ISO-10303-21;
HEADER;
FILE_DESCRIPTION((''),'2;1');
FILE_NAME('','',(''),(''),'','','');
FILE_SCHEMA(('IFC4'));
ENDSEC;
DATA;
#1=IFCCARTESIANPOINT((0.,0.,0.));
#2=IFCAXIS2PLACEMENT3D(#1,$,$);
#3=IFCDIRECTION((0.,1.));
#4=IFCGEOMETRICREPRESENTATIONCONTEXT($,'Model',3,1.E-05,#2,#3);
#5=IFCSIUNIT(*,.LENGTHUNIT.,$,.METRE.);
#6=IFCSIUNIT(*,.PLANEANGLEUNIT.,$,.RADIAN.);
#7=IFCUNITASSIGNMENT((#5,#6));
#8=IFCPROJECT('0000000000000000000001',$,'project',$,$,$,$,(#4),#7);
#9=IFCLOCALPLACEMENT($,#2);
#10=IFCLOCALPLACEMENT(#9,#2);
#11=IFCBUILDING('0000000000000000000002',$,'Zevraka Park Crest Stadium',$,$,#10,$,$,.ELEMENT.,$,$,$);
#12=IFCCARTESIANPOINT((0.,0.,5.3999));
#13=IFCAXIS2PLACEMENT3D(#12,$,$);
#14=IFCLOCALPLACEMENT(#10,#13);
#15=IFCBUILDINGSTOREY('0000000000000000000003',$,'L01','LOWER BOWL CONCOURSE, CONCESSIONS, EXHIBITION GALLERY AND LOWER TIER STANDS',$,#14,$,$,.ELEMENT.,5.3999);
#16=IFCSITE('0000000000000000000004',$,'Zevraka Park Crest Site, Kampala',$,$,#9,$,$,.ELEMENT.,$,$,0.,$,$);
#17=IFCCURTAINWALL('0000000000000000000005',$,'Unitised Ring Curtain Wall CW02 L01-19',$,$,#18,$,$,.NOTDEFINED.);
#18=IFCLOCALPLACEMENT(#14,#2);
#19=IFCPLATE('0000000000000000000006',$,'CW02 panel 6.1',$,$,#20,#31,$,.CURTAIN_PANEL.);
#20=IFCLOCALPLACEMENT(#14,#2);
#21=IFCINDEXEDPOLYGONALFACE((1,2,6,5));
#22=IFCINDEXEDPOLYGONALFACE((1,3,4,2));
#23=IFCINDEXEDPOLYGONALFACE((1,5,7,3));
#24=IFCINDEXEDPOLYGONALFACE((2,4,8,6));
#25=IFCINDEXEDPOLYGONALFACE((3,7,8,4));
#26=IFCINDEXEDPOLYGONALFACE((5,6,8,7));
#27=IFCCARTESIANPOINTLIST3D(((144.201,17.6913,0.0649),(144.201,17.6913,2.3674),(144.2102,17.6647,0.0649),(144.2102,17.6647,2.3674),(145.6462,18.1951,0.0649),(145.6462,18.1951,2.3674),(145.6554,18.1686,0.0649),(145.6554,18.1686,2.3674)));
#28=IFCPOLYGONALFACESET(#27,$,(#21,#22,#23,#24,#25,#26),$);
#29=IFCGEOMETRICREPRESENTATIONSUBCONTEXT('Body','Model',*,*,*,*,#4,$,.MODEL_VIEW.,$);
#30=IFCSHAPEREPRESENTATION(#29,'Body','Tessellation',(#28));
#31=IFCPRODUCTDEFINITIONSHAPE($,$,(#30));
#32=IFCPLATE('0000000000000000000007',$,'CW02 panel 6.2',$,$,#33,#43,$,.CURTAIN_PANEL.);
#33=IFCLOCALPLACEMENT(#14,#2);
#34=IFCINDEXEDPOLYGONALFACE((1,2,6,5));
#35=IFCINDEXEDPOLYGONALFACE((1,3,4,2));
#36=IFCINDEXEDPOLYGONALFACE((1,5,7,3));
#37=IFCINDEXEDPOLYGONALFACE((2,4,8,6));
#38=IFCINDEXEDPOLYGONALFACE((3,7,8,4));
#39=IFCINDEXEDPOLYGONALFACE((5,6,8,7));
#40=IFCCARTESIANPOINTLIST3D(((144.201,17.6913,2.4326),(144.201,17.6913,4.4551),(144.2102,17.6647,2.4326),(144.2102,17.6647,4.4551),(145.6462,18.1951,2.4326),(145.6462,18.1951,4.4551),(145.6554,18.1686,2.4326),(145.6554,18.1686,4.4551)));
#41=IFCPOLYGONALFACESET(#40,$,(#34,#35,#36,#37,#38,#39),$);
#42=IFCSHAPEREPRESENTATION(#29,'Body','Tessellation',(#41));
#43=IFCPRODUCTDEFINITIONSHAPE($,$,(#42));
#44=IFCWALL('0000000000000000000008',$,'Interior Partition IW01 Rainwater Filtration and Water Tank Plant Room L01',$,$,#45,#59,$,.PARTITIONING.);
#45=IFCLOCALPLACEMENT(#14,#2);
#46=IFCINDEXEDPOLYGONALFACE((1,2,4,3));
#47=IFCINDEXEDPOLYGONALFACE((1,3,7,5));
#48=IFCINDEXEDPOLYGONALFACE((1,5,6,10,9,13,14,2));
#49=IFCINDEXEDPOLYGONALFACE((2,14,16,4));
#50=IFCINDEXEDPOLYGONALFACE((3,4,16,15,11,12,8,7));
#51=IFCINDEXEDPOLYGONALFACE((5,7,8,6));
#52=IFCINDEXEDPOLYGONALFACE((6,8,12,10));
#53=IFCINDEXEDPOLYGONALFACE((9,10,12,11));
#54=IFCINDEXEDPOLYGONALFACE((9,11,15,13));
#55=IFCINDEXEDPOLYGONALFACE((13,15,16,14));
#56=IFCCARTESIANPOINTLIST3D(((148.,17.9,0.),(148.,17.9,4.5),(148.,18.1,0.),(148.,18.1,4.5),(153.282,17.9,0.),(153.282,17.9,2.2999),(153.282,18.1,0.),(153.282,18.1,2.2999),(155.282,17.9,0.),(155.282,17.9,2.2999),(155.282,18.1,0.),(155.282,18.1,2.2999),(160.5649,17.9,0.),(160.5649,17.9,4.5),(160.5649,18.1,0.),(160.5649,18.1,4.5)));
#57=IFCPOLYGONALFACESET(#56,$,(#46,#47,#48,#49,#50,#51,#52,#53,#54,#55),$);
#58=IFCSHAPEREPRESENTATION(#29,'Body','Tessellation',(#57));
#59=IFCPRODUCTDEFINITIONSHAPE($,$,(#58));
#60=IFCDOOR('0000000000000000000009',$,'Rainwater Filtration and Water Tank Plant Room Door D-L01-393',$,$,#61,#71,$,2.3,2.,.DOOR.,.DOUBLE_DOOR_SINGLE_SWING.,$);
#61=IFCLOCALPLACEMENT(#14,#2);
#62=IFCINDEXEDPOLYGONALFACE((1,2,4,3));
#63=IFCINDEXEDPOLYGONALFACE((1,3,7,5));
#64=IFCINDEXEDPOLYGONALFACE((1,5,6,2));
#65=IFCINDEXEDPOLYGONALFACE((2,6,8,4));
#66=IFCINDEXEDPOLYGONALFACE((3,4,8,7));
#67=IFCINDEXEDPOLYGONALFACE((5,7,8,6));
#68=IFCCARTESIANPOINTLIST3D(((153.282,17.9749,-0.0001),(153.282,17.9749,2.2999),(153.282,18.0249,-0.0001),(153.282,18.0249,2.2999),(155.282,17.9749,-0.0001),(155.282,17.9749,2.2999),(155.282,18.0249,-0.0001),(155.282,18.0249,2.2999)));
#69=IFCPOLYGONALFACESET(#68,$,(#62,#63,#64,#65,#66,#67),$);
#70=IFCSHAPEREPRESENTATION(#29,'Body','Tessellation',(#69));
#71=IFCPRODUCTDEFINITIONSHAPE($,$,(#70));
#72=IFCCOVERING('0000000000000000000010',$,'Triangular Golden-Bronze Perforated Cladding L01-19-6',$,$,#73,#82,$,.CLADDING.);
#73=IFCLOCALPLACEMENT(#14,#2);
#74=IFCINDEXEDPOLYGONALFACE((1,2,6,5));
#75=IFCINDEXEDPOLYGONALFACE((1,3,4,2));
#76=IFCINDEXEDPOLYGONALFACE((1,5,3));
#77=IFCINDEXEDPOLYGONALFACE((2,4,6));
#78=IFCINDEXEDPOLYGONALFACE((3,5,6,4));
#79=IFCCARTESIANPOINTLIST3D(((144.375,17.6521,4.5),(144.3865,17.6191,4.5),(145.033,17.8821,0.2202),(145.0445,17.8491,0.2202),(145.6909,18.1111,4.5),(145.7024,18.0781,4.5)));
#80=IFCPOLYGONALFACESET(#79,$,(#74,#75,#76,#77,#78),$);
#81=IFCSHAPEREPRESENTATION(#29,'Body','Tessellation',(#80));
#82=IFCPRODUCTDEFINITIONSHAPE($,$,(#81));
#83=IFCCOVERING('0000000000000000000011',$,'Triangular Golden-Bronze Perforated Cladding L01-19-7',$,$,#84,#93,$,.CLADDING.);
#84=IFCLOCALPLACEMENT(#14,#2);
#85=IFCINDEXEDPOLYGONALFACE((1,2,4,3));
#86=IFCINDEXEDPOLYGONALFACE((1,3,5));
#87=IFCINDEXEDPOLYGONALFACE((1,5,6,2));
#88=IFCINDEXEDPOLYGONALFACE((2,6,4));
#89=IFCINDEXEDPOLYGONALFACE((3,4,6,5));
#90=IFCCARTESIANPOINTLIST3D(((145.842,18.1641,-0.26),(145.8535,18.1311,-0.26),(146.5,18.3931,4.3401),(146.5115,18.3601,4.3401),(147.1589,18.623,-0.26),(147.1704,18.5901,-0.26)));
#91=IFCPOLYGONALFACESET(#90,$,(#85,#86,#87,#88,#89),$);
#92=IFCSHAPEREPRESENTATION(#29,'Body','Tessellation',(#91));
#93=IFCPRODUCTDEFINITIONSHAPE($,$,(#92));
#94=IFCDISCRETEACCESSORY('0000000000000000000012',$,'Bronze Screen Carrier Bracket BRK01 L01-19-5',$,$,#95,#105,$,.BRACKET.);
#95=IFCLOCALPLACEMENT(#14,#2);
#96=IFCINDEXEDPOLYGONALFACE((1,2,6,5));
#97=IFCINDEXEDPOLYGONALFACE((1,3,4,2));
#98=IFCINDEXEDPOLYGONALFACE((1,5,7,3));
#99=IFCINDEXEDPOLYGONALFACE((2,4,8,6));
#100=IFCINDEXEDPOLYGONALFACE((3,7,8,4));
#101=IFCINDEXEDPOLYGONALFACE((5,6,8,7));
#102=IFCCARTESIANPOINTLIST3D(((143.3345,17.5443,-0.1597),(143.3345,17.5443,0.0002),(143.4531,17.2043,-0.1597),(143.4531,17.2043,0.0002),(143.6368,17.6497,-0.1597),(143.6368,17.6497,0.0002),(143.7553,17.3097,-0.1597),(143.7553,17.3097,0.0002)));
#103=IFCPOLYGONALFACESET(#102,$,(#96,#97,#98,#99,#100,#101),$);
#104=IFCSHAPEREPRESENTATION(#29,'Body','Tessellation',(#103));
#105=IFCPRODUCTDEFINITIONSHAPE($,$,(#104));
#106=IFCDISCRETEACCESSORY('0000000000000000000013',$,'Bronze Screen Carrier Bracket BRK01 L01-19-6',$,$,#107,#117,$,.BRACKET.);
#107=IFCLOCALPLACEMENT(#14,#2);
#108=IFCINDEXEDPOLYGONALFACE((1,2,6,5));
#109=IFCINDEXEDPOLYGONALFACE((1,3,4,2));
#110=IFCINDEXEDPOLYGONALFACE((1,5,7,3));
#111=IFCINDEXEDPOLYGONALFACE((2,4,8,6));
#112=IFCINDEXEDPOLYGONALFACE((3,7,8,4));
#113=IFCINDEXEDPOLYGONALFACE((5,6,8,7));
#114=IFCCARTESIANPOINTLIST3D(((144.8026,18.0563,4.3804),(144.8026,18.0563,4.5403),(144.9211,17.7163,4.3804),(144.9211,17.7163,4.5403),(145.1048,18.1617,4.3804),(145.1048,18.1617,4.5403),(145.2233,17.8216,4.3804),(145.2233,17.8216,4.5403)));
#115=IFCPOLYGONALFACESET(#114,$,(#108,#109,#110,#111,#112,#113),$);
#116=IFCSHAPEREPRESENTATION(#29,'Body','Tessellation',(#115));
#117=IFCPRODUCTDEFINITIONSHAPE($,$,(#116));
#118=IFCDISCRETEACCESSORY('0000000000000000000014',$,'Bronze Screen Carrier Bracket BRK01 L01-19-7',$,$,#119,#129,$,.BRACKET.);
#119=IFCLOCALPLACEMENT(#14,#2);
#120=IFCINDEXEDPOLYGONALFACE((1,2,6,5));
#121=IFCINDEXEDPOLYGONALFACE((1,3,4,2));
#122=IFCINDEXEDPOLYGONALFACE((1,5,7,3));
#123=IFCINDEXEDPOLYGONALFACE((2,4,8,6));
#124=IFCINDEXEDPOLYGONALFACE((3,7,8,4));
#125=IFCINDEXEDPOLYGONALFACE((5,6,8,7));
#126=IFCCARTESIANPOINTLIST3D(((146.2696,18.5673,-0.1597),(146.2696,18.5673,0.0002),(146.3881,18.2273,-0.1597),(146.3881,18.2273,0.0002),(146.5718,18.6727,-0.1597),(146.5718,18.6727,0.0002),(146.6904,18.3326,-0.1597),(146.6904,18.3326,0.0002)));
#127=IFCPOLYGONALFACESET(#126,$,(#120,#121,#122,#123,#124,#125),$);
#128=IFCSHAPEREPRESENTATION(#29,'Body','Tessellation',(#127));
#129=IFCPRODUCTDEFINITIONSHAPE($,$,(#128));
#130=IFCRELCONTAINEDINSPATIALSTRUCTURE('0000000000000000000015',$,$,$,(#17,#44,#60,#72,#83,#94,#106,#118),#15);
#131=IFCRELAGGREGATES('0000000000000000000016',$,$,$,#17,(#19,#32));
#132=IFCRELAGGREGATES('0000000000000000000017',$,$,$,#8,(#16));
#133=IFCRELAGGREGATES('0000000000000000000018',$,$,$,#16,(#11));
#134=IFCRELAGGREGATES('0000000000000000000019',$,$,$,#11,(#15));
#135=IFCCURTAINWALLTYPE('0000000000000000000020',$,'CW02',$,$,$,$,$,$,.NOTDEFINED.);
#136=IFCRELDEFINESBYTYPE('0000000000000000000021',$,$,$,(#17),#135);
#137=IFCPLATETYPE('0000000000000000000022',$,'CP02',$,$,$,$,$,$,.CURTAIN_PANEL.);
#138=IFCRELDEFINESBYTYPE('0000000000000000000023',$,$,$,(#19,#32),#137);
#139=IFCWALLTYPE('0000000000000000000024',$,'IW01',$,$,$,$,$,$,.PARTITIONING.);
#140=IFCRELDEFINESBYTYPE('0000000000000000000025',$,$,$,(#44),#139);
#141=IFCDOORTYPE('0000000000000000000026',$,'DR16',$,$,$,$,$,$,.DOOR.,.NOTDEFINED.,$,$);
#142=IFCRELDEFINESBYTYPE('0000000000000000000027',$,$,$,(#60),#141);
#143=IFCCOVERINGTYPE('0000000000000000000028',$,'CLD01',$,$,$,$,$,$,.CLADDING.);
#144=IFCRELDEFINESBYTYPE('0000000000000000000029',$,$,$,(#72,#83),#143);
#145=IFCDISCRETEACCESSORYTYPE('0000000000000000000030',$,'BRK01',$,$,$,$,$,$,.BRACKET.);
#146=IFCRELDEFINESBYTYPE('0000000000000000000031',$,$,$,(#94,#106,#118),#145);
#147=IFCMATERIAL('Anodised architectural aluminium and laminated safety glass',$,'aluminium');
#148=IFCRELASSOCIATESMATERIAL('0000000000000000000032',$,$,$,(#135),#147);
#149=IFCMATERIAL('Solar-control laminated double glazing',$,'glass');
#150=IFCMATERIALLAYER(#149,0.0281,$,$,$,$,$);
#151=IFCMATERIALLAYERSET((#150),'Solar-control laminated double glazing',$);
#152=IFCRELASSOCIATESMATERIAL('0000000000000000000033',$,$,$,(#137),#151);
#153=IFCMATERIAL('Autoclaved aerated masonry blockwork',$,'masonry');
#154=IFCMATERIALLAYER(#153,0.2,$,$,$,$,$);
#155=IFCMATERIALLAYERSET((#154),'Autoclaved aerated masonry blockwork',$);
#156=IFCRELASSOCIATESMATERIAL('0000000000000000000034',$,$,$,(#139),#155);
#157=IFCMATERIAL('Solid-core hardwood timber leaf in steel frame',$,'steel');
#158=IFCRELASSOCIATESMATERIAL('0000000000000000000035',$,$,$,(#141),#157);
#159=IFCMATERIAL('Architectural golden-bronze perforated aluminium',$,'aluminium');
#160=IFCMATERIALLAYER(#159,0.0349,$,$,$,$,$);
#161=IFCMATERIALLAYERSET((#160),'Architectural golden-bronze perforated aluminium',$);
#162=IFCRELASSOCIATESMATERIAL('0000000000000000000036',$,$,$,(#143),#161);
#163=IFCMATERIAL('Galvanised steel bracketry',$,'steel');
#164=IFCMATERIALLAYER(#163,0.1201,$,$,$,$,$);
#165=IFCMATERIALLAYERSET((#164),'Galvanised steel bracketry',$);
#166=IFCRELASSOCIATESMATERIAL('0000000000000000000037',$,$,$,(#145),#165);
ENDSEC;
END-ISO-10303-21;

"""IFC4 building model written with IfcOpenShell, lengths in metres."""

from ifc_helpers import new_model, si_unit, direction, frame, frame_2d, origin, origin_2d, place, context, subcontext, project, spatial, polyline, rectangle, outline, extrude, material, layer, layer_set, type_object, element, fill, aggregate, save


model = new_model("IFC4")

# Units and contexts
model_context = context("Model", 3, precision=1e-05, world=origin(), true_north=direction((0.0, 1.0)))
body_context = subcontext(model_context, "Body", "Model", "MODEL_VIEW")
ifc_project = project(units=[si_unit("LENGTHUNIT", "METRE"), si_unit("PLANEANGLEUNIT", "RADIAN")], contexts=[model_context])

# Site, building, storey
site_placement = place(None, origin())
site = spatial("IfcSite", under=ifc_project, at=site_placement, Name="Zevraka Park Crest Site, Kampala", CompositionType="ELEMENT", RefElevation=0.0)
building_placement = place(site_placement, origin())
building = spatial("IfcBuilding", under=site, at=building_placement, Name="Zevraka Park Crest Stadium", CompositionType="ELEMENT")
storey_placement = place(building_placement, frame((0.0, 0.0, 5.3999)))
storey = spatial("IfcBuildingStorey", under=building, at=storey_placement, Name="L01", Description="LOWER BOWL CONCOURSE, CONCESSIONS, EXHIBITION GALLERY AND LOWER TIER STANDS", CompositionType="ELEMENT", Elevation=5.3999)

# Curtain wall, plates
ifc_material_1 = material(Name="Anodised architectural aluminium and laminated safety glass", Category="aluminium")
curtain_wall_type = type_object("IfcCurtainWallType", Name="CW02", PredefinedType="NOTDEFINED", material=ifc_material_1)
curtain_wall_placement = place(storey_placement, origin())
curtain_wall = element("IfcCurtainWall", 1, at=curtain_wall_placement, inside=storey, type_object=curtain_wall_type, Name="Unitised Ring Curtain Wall CW02 L01-19", PredefinedType="NOTDEFINED")
ifc_material_2 = material(Name="Solar-control laminated double glazing", Category="glass")
ifc_layer_1 = layer(ifc_material_2, 0.0281)
ifc_layer_set_1 = layer_set([ifc_layer_1], Name="Solar-control laminated double glazing")
plate_type = type_object("IfcPlateType", Name="CP02", PredefinedType="CURTAIN_PANEL", material=ifc_layer_set_1)
plate_1_placement = place(storey_placement, frame((144.9282, 17.9299, 0.0649), z_axis=(0.0, 0.0, 1.0), x_axis=(0.944257, 0.329209, 0.0)))
plate_1 = element("IfcPlate", 2, at=plate_1_placement, type_object=plate_type, Name="CW02 panel 6.1", PredefinedType="CURTAIN_PANEL", context=body_context, shape_type="SweptSolid", body=[
    extrude(rectangle(XDim=1.5305, YDim=0.0281, at=origin_2d()), origin(), (0.0, 0.0, 1.0), 2.3025),
])
plate_2_placement = place(storey_placement, frame((144.9282, 17.9299, 2.4326), z_axis=(0.0, 0.0, 1.0), x_axis=(0.944257, 0.329209, 0.0)))
plate_2 = element("IfcPlate", 3, at=plate_2_placement, type_object=plate_type, Name="CW02 panel 6.2", PredefinedType="CURTAIN_PANEL", context=body_context, shape_type="SweptSolid", body=[
    extrude(rectangle(XDim=1.5305, YDim=0.0281, at=origin_2d()), origin(), (0.0, 0.0, 1.0), 2.0225),
])
aggregate(curtain_wall, [plate_1, plate_2])

# Wall, opening, door
ifc_material_3 = material(Name="Autoclaved aerated masonry blockwork", Category="masonry")
ifc_layer_2 = layer(ifc_material_3, 0.2)
ifc_layer_set_2 = layer_set([ifc_layer_2], Name="Autoclaved aerated masonry blockwork")
wall_type = type_object("IfcWallType", Name="IW01", PredefinedType="PARTITIONING", material=ifc_layer_set_2)
wall_placement = place(storey_placement, frame((148.0, 18.0, 0.0), z_axis=(0.0, 0.0, 1.0), x_axis=(1.0, 0.0, 0.0)))
wall = element("IfcWall", 4, at=wall_placement, inside=storey, type_object=wall_type, Name="Interior Partition IW01 Rainwater Filtration and Water Tank Plant Room L01", PredefinedType="PARTITIONING", context=body_context, shape_type="SweptSolid", body=[
    extrude(rectangle(XDim=12.5649, YDim=0.2, at=frame_2d((6.2825, 0.0))), origin(), (0.0, 0.0, 1.0), 4.5),
])
opening_placement = place(wall_placement, frame((5.282, 0.0, 0.0)))
opening = element("IfcOpeningElement", 5, at=opening_placement, cuts=wall, PredefinedType="OPENING", context=body_context, shape_type="SweptSolid", body=[
    extrude(rectangle(XDim=2.0, YDim=2.3, at=frame_2d((1.0, 1.1499))), frame((0.0, 0.1099, 0.0), z_axis=(0.0, -1.0, 0.0), x_axis=(1.0, 0.0, 0.0)), (0.0, 0.0, 1.0), 0.22),
])
ifc_material_4 = material(Name="Solid-core hardwood timber leaf in steel frame", Category="steel")
door_type = type_object("IfcDoorType", Name="DR16", OperationType="NOTDEFINED", PredefinedType="DOOR", material=ifc_material_4)
door_placement = place(opening_placement, origin())
door = element("IfcDoor", 6, at=door_placement, inside=storey, type_object=door_type, Name="Rainwater Filtration and Water Tank Plant Room Door D-L01-393", OperationType="DOUBLE_DOOR_SINGLE_SWING", OverallHeight=2.3, OverallWidth=2.0, PredefinedType="DOOR", context=body_context, shape_type="SweptSolid", body=[
    extrude(rectangle(XDim=2.0, YDim=2.3, at=frame_2d((1.0, 1.1499))), frame((0.0, 0.0249, 0.0), z_axis=(0.0, -1.0, 0.0), x_axis=(1.0, 0.0, 0.0)), (0.0, 0.0, 1.0), 0.05),
])
fill(opening, door)

# Coverings
ifc_material_5 = material(Name="Architectural golden-bronze perforated aluminium", Category="aluminium")
ifc_layer_3 = layer(ifc_material_5, 0.0349)
ifc_layer_set_3 = layer_set([ifc_layer_3], Name="Architectural golden-bronze perforated aluminium")
covering_type = type_object("IfcCoveringType", Name="CLD01", PredefinedType="CLADDING", material=ifc_layer_set_3)
covering_1_placement = place(storey_placement, frame((145.6909, 18.1111, 4.5), z_axis=(-0.329336, 0.944213, 0.000108), x_axis=(-0.944213, -0.329336, 0.0)))
element("IfcCovering", 7, at=covering_1_placement, inside=storey, type_object=covering_type, Name="Triangular Golden-Bronze Perforated Cladding L01-19-6", PredefinedType="CLADDING", context=body_context, shape_type="SweptSolid", body=[
    extrude(outline(polyline([(0.0, 0.0), (1.3937, 0.0), (0.6967, -4.2798), (0.0, 0.0)])), origin(), (0.0, 0.0, -1.0), 0.0349),
])
covering_2_placement = place(storey_placement, frame((145.842, 18.1641, -0.26), z_axis=(-0.329118, 0.944289, 0.000065), x_axis=(0.944289, 0.329118, 0.0)))
element("IfcCovering", 8, at=covering_2_placement, inside=storey, type_object=covering_type, Name="Triangular Golden-Bronze Perforated Cladding L01-19-7", PredefinedType="CLADDING", context=body_context, shape_type="SweptSolid", body=[
    extrude(outline(polyline([(0.0, 0.0), (1.3946, 0.0), (0.6967, -4.6001), (0.0, 0.0)])), origin(), (0.0, 0.0, -1.0), 0.0349),
])

# Discrete accessories
ifc_material_6 = material(Name="Galvanised steel bracketry", Category="steel")
ifc_layer_4 = layer(ifc_material_6, 0.1201)
ifc_layer_set_4 = layer_set([ifc_layer_4], Name="Galvanised steel bracketry")
discrete_accessory_type = type_object("IfcDiscreteAccessoryType", Name="BRK01", PredefinedType="BRACKET", material=ifc_layer_set_4)
for number, where, z_axis, x_axis, name in (
    (9, (143.5449, 17.427, -0.1597), (0.0, 0.0, 1.0), (0.944262, 0.329196, 0.0), "Bronze Screen Carrier Bracket BRK01 L01-19-5"),
    (10, (145.0129, 17.939, 4.3804), (0.0, 0.0, 1.0), (0.944262, 0.329196, 0.0), "Bronze Screen Carrier Bracket BRK01 L01-19-6"),
    (11, (146.48, 18.45, -0.1597), (0.0, 0.0, 1.0), (0.944262, 0.329196, 0.0), "Bronze Screen Carrier Bracket BRK01 L01-19-7"),
):
    element("IfcDiscreteAccessory", number, at=place(storey_placement, frame(where, z_axis=z_axis, x_axis=x_axis)), inside=storey, type_object=discrete_accessory_type, Name=name, PredefinedType="BRACKET", context=body_context, shape_type="SweptSolid", body=[
        extrude(rectangle(XDim=0.3201, YDim=0.3601, at=origin_2d()), origin(), (0.0, 0.0, 1.0), 0.1599),
    ])

save(model, "model.ifc")
